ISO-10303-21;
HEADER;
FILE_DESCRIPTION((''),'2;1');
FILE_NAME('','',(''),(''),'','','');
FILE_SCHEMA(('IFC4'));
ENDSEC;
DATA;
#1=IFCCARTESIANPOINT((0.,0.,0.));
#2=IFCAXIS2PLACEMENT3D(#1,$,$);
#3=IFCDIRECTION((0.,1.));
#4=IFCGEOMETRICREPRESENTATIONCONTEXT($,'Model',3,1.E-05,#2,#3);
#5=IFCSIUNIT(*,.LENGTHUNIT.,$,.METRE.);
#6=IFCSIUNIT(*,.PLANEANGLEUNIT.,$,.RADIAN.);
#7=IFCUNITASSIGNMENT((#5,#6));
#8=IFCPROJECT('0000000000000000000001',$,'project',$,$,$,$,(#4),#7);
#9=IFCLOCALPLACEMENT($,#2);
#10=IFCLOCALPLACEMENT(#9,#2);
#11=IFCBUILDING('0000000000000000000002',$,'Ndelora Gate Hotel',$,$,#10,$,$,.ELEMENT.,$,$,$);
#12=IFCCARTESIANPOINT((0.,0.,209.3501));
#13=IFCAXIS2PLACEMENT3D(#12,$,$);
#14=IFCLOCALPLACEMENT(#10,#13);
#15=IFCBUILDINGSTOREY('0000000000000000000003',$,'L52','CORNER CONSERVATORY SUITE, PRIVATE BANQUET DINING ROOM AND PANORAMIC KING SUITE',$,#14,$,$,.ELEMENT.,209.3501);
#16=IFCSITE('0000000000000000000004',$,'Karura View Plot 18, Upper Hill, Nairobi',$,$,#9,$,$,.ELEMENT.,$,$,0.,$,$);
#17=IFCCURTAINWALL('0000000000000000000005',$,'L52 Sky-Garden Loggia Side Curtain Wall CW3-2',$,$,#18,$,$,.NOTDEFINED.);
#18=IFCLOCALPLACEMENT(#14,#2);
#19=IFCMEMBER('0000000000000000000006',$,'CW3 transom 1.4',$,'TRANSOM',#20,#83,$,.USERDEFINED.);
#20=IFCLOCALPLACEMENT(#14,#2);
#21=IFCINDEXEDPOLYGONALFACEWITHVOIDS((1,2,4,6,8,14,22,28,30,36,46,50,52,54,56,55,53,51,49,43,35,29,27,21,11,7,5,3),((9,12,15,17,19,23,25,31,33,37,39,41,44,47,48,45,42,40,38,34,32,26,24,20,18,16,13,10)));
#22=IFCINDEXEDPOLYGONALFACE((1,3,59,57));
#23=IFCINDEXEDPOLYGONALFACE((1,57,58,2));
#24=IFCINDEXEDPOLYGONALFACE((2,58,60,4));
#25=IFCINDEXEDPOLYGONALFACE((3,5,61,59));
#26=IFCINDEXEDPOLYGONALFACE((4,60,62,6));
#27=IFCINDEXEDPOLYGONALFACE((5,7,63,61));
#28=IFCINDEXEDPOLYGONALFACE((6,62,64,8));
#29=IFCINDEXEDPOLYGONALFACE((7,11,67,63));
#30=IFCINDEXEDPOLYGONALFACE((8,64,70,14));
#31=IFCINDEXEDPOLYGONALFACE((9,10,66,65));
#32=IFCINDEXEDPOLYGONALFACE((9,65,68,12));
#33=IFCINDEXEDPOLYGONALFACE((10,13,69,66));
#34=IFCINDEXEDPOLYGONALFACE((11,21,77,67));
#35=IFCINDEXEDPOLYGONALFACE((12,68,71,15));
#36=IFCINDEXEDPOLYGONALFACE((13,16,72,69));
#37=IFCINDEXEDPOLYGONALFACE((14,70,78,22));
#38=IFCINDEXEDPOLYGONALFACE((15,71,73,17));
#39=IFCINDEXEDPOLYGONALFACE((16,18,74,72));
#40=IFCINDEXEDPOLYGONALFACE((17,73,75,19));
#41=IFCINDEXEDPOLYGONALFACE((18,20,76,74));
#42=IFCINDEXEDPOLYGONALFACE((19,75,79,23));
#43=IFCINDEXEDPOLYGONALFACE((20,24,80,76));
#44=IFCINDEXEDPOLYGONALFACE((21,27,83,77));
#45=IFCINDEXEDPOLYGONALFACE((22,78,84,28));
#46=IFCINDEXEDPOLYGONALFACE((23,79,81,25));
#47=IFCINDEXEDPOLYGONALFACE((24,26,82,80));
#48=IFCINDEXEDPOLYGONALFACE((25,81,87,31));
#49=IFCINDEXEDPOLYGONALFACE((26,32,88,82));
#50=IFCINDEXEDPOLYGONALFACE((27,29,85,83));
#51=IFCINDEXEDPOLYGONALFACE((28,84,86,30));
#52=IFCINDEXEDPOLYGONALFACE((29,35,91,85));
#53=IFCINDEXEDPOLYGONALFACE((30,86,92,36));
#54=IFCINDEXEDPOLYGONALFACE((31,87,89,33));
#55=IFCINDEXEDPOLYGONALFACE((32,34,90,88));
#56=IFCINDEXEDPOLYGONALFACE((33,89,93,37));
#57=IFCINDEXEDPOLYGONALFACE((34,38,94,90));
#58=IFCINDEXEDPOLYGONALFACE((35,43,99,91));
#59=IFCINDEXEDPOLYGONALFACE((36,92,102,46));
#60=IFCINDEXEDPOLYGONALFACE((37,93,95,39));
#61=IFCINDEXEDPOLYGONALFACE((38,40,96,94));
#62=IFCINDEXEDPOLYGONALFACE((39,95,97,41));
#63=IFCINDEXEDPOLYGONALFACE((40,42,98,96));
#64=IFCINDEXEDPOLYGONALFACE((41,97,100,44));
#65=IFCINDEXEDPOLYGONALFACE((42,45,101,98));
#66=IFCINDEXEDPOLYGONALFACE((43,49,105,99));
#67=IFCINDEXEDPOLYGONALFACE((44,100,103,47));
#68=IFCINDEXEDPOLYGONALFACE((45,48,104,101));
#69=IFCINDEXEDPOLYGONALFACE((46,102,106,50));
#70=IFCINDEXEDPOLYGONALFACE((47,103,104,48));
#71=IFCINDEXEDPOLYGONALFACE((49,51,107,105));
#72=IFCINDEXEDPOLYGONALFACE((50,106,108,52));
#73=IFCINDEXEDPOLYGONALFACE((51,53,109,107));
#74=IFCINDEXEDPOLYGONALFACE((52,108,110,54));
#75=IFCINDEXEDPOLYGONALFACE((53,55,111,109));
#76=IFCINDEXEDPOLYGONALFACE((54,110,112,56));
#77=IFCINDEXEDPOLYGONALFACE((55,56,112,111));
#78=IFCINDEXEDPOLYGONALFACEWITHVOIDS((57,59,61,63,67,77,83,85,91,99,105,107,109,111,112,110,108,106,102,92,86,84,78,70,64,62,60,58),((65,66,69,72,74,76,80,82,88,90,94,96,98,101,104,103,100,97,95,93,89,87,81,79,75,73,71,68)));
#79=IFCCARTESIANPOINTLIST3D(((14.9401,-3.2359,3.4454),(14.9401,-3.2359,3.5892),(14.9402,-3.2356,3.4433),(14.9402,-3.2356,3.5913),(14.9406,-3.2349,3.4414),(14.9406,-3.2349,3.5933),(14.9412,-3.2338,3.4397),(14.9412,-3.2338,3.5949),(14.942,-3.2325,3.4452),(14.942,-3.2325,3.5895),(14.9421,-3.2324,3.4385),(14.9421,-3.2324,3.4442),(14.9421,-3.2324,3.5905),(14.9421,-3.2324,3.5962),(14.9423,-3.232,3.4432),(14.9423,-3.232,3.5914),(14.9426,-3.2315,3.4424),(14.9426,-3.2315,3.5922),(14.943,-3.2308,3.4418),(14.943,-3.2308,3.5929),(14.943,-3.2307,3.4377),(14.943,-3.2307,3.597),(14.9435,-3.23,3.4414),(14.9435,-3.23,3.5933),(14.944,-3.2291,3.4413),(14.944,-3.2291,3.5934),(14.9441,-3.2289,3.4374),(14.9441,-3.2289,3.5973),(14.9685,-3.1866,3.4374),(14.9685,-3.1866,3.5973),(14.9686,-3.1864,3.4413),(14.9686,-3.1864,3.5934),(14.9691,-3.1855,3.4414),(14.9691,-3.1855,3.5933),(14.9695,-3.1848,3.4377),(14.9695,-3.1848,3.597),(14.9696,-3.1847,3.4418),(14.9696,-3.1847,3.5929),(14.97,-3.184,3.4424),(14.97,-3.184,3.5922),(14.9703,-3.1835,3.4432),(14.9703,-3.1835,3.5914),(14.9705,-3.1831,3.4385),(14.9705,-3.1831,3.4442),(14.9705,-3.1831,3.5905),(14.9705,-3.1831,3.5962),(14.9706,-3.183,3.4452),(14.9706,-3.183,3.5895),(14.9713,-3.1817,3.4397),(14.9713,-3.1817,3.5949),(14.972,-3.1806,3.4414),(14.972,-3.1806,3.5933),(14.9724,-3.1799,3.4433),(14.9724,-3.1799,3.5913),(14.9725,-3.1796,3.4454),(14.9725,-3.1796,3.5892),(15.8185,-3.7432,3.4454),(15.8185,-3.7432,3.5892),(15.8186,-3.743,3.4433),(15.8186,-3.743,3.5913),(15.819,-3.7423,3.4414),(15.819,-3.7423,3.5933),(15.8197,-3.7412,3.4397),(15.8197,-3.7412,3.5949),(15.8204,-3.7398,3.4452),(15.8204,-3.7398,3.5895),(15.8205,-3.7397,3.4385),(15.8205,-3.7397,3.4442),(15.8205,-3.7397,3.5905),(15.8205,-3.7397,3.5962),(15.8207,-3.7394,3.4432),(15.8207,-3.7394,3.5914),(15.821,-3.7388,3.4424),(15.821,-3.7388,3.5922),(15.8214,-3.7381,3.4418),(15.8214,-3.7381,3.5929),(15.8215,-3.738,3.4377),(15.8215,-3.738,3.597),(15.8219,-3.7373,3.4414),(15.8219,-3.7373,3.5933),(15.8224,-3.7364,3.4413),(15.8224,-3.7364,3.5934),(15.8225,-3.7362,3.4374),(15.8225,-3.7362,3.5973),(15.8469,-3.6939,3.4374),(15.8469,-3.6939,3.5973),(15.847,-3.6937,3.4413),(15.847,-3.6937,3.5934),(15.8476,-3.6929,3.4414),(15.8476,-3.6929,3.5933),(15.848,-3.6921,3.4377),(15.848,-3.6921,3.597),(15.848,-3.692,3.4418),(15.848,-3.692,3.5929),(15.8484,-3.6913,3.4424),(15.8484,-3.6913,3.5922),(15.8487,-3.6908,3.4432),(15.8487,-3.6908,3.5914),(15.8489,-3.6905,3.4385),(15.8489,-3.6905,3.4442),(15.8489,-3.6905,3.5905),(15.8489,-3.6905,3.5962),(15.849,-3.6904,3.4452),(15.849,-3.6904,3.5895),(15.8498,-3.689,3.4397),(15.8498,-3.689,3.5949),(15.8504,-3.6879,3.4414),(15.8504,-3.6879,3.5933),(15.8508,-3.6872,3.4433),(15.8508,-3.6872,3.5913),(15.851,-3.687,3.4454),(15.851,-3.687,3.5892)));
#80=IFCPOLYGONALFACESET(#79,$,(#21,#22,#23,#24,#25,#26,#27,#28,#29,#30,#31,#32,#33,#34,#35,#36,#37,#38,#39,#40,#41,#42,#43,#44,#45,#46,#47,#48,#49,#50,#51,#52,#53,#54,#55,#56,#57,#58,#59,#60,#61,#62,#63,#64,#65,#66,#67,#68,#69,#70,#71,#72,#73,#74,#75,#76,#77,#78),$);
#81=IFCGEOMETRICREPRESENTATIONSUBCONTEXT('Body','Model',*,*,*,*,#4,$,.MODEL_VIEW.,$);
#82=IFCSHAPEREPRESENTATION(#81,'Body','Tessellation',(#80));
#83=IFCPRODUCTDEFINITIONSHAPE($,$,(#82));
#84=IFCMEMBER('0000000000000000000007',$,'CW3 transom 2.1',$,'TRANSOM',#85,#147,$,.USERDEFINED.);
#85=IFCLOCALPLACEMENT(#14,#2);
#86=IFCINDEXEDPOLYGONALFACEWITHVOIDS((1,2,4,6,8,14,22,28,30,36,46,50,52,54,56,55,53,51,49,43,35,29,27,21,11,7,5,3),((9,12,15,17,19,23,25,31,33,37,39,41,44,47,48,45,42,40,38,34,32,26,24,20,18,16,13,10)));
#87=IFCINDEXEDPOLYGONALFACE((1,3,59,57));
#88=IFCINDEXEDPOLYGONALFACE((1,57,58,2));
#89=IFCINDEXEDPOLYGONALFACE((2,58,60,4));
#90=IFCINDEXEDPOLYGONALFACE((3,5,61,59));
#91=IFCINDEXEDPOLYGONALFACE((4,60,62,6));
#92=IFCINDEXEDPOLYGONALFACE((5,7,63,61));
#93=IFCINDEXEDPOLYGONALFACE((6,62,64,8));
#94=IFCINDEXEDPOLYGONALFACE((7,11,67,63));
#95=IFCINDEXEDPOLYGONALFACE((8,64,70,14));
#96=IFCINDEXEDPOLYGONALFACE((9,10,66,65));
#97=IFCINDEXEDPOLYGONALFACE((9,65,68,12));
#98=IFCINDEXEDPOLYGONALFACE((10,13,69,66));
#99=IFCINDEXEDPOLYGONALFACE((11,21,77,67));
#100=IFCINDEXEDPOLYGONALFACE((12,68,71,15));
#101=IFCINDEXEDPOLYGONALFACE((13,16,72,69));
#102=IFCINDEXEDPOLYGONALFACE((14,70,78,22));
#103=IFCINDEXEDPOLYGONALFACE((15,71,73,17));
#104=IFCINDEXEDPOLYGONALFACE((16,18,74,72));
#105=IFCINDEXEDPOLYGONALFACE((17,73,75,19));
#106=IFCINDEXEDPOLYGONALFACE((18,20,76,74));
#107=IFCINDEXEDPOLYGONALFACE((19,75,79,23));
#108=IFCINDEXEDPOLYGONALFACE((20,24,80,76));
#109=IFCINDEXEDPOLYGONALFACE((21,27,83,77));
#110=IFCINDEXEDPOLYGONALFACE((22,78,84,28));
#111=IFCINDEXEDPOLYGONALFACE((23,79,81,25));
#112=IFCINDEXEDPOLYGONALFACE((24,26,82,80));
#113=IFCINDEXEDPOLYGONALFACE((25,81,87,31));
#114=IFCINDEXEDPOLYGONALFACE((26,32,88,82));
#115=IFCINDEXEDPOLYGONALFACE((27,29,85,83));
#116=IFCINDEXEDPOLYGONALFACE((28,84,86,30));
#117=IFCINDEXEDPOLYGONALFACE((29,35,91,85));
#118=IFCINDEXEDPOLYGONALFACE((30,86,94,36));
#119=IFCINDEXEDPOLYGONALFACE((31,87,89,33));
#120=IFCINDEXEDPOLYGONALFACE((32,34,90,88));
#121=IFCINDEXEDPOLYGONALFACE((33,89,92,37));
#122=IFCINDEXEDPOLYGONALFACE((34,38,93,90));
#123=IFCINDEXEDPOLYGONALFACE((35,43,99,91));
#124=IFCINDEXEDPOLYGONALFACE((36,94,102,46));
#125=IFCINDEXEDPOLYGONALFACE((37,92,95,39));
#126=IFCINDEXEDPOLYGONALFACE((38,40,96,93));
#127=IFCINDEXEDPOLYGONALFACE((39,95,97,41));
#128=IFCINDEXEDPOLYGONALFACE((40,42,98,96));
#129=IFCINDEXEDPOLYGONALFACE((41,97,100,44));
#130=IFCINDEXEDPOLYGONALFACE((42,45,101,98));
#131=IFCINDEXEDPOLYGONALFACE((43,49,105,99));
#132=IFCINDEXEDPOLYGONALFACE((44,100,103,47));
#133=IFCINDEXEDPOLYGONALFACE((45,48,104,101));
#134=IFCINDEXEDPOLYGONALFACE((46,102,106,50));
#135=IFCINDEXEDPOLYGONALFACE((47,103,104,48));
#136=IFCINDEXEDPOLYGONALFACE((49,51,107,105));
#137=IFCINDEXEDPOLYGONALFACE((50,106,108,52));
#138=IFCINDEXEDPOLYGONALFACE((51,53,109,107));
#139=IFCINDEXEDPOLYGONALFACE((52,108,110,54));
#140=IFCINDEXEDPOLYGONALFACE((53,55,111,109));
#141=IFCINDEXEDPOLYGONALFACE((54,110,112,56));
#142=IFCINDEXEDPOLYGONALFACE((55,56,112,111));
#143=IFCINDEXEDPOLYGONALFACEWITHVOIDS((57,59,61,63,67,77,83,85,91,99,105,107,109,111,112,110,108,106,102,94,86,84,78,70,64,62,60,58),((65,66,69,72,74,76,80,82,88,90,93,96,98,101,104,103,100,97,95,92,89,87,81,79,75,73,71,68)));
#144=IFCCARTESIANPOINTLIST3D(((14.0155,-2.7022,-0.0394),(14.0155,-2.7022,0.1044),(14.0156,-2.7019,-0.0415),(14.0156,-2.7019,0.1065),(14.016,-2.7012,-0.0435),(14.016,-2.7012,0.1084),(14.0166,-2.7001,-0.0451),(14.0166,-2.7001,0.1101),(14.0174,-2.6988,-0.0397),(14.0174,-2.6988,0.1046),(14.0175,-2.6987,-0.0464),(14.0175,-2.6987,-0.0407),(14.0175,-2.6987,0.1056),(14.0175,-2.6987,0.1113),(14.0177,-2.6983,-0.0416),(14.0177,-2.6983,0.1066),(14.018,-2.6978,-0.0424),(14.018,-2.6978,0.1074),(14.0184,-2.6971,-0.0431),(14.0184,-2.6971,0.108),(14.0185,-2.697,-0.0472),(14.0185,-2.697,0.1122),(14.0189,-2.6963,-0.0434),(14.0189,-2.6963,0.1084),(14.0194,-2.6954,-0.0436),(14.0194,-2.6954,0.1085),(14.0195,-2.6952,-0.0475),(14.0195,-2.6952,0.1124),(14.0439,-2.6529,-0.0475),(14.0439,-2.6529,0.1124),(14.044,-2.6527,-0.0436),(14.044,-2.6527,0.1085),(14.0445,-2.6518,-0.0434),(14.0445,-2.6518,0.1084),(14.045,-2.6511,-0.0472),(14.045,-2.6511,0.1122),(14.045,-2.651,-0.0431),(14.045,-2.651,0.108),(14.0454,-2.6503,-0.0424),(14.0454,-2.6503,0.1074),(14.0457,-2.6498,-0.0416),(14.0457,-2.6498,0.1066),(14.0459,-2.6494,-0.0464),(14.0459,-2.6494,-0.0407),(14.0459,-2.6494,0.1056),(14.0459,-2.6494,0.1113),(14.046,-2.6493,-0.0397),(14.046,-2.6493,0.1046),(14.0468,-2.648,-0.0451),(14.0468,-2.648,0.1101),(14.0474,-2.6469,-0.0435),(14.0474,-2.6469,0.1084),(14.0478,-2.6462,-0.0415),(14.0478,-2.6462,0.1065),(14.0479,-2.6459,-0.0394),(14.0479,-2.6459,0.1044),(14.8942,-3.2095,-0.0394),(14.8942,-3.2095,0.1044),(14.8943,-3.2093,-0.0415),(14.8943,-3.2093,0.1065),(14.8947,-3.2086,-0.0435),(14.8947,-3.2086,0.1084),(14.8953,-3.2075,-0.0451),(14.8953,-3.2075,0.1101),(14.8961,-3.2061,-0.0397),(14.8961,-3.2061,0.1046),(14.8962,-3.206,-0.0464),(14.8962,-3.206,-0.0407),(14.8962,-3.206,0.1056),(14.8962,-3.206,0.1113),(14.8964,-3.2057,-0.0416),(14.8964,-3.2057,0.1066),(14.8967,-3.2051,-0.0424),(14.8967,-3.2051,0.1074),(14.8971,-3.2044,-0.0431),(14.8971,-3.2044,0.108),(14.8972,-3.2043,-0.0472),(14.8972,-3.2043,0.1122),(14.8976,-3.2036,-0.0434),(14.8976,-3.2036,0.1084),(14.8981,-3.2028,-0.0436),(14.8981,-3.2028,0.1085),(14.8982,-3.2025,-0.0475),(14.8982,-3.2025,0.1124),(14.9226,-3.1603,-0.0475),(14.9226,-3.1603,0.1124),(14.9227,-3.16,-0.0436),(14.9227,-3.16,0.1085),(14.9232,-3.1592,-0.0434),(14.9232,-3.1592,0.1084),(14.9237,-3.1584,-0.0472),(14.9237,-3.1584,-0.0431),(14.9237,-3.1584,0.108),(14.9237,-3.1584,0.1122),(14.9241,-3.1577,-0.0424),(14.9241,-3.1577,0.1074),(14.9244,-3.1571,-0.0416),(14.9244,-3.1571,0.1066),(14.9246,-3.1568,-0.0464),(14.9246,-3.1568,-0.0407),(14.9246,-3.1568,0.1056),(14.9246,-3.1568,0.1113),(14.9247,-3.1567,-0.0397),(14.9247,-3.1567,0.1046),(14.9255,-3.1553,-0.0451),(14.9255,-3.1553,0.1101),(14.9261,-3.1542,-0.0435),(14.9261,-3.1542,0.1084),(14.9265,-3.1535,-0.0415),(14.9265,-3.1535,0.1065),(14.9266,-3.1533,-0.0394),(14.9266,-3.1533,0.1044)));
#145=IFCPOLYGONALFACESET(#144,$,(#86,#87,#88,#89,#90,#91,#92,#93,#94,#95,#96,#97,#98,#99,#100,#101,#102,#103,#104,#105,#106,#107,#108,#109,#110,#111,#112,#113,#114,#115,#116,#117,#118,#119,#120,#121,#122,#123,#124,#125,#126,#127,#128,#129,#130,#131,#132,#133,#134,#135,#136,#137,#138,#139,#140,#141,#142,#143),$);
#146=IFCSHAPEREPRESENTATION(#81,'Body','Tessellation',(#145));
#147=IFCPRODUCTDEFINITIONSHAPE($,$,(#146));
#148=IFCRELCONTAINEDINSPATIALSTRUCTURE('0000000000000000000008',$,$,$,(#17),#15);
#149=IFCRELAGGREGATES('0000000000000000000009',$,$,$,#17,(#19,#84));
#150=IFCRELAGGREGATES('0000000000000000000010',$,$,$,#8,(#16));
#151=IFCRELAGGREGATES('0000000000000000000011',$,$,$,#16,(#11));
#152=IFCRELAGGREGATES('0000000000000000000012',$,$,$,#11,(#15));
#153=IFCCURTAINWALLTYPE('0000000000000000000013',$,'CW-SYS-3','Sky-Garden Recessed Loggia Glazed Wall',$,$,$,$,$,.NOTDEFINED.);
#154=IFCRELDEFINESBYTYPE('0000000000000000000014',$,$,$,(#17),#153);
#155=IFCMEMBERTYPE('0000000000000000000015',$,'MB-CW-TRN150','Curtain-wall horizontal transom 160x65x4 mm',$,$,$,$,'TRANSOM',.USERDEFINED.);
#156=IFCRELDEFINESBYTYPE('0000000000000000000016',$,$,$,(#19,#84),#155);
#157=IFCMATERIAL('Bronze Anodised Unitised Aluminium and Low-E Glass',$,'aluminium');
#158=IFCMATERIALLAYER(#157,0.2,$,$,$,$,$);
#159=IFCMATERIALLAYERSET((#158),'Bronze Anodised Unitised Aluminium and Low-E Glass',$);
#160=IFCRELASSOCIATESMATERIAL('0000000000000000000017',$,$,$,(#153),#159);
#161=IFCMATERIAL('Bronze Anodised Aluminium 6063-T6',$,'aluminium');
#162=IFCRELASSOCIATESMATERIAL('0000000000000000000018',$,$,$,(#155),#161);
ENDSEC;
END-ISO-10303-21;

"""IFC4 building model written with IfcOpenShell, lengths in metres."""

from ifc_helpers import new_model, si_unit, direction, frame, origin, origin_2d, place, context, subcontext, project, spatial, hollow_rectangle, extrude, material, layer, layer_set, material_profile, profile_set, type_object, element, aggregate, save


model = new_model("IFC4")

# Units and contexts
model_context = context("Model", 3, precision=1e-05, world=origin(), true_north=direction((0.0, 1.0)))
body_context = subcontext(model_context, "Body", "Model", "MODEL_VIEW")
ifc_project = project(units=[si_unit("LENGTHUNIT", "METRE"), si_unit("PLANEANGLEUNIT", "RADIAN")], contexts=[model_context])

# Site, building, storey
site_placement = place(None, origin())
site = spatial("IfcSite", under=ifc_project, at=site_placement, Name="Karura View Plot 18, Upper Hill, Nairobi", CompositionType="ELEMENT", RefElevation=0.0)
building_placement = place(site_placement, origin())
building = spatial("IfcBuilding", under=site, at=building_placement, Name="Ndelora Gate Hotel", CompositionType="ELEMENT")
storey_placement = place(building_placement, frame((0.0, 0.0, 209.3501)))
storey = spatial("IfcBuildingStorey", under=building, at=storey_placement, Name="L52", Description="CORNER CONSERVATORY SUITE, PRIVATE BANQUET DINING ROOM AND PANORAMIC KING SUITE", CompositionType="ELEMENT", Elevation=209.3501)

# Curtain wall, members
ifc_material_1 = material(Name="Bronze Anodised Unitised Aluminium and Low-E Glass", Category="aluminium")
ifc_layer_1 = layer(ifc_material_1, 0.2)
ifc_layer_set_1 = layer_set([ifc_layer_1], Name="Bronze Anodised Unitised Aluminium and Low-E Glass")
curtain_wall_type = type_object("IfcCurtainWallType", Name="CW-SYS-3", Description="Sky-Garden Recessed Loggia Glazed Wall", PredefinedType="NOTDEFINED", material=ifc_layer_set_1)
curtain_wall_placement = place(storey_placement, origin())
curtain_wall = element("IfcCurtainWall", 1, at=curtain_wall_placement, inside=storey, type_object=curtain_wall_type, Name="L52 Sky-Garden Loggia Side Curtain Wall CW3-2", PredefinedType="NOTDEFINED")
ifc_material_2 = material(Name="Bronze Anodised Aluminium 6063-T6", Category="aluminium")
ifc_material_profile_1 = material_profile(ifc_material_2, hollow_rectangle(XDim=0.0649, YDim=0.1599, WallThickness=0.0039, InnerFilletRadius=0.0039, OuterFilletRadius=0.0081, at=origin_2d()), Name="ALU 160x65x4")
ifc_profile_set_1 = profile_set([ifc_material_profile_1], Name="Bronze Anodised Aluminium 6063-T6")
member_type_1 = type_object("IfcMemberType", Name="MB-CW-TRN150", Description="Curtain-wall horizontal transom 160x65x4 mm", ElementType="TRANSOM", PredefinedType="USERDEFINED", material=ifc_profile_set_1)
member_1_placement = place(storey_placement, frame((15.8347, -3.7151, 3.5173), z_axis=(-0.865953, 0.500125, 0.0), x_axis=(-0.500125, -0.865953, 0.0)))
member_1 = element("IfcMember", 2, at=member_1_placement, type_object=member_type_1, Name="CW3 transom 1.4", ObjectType="TRANSOM", PredefinedType="USERDEFINED", context=body_context, shape_type="SweptSolid", body=[
    extrude(hollow_rectangle(XDim=0.0649, YDim=0.1599, WallThickness=0.0039, InnerFilletRadius=0.0039, OuterFilletRadius=0.0081, at=origin_2d()), origin(), (0.0, 0.0, 1.0), 1.0144),
])
member_2_placement = place(storey_placement, frame((14.9104, -3.1814, 0.0325), z_axis=(-0.866013, 0.500021, 0.0), x_axis=(-0.500021, -0.866013, 0.0)))
member_2 = element("IfcMember", 3, at=member_2_placement, type_object=member_type_1, Name="CW3 transom 2.1", ObjectType="TRANSOM", PredefinedType="USERDEFINED", context=body_context, shape_type="SweptSolid", body=[
    extrude(hollow_rectangle(XDim=0.0649, YDim=0.1599, WallThickness=0.0039, InnerFilletRadius=0.0039, OuterFilletRadius=0.0081, at=origin_2d()), origin(), (0.0, 0.0, 1.0), 1.0146),
])
aggregate(curtain_wall, [member_1, member_2])

save(model, "model.ifc")
